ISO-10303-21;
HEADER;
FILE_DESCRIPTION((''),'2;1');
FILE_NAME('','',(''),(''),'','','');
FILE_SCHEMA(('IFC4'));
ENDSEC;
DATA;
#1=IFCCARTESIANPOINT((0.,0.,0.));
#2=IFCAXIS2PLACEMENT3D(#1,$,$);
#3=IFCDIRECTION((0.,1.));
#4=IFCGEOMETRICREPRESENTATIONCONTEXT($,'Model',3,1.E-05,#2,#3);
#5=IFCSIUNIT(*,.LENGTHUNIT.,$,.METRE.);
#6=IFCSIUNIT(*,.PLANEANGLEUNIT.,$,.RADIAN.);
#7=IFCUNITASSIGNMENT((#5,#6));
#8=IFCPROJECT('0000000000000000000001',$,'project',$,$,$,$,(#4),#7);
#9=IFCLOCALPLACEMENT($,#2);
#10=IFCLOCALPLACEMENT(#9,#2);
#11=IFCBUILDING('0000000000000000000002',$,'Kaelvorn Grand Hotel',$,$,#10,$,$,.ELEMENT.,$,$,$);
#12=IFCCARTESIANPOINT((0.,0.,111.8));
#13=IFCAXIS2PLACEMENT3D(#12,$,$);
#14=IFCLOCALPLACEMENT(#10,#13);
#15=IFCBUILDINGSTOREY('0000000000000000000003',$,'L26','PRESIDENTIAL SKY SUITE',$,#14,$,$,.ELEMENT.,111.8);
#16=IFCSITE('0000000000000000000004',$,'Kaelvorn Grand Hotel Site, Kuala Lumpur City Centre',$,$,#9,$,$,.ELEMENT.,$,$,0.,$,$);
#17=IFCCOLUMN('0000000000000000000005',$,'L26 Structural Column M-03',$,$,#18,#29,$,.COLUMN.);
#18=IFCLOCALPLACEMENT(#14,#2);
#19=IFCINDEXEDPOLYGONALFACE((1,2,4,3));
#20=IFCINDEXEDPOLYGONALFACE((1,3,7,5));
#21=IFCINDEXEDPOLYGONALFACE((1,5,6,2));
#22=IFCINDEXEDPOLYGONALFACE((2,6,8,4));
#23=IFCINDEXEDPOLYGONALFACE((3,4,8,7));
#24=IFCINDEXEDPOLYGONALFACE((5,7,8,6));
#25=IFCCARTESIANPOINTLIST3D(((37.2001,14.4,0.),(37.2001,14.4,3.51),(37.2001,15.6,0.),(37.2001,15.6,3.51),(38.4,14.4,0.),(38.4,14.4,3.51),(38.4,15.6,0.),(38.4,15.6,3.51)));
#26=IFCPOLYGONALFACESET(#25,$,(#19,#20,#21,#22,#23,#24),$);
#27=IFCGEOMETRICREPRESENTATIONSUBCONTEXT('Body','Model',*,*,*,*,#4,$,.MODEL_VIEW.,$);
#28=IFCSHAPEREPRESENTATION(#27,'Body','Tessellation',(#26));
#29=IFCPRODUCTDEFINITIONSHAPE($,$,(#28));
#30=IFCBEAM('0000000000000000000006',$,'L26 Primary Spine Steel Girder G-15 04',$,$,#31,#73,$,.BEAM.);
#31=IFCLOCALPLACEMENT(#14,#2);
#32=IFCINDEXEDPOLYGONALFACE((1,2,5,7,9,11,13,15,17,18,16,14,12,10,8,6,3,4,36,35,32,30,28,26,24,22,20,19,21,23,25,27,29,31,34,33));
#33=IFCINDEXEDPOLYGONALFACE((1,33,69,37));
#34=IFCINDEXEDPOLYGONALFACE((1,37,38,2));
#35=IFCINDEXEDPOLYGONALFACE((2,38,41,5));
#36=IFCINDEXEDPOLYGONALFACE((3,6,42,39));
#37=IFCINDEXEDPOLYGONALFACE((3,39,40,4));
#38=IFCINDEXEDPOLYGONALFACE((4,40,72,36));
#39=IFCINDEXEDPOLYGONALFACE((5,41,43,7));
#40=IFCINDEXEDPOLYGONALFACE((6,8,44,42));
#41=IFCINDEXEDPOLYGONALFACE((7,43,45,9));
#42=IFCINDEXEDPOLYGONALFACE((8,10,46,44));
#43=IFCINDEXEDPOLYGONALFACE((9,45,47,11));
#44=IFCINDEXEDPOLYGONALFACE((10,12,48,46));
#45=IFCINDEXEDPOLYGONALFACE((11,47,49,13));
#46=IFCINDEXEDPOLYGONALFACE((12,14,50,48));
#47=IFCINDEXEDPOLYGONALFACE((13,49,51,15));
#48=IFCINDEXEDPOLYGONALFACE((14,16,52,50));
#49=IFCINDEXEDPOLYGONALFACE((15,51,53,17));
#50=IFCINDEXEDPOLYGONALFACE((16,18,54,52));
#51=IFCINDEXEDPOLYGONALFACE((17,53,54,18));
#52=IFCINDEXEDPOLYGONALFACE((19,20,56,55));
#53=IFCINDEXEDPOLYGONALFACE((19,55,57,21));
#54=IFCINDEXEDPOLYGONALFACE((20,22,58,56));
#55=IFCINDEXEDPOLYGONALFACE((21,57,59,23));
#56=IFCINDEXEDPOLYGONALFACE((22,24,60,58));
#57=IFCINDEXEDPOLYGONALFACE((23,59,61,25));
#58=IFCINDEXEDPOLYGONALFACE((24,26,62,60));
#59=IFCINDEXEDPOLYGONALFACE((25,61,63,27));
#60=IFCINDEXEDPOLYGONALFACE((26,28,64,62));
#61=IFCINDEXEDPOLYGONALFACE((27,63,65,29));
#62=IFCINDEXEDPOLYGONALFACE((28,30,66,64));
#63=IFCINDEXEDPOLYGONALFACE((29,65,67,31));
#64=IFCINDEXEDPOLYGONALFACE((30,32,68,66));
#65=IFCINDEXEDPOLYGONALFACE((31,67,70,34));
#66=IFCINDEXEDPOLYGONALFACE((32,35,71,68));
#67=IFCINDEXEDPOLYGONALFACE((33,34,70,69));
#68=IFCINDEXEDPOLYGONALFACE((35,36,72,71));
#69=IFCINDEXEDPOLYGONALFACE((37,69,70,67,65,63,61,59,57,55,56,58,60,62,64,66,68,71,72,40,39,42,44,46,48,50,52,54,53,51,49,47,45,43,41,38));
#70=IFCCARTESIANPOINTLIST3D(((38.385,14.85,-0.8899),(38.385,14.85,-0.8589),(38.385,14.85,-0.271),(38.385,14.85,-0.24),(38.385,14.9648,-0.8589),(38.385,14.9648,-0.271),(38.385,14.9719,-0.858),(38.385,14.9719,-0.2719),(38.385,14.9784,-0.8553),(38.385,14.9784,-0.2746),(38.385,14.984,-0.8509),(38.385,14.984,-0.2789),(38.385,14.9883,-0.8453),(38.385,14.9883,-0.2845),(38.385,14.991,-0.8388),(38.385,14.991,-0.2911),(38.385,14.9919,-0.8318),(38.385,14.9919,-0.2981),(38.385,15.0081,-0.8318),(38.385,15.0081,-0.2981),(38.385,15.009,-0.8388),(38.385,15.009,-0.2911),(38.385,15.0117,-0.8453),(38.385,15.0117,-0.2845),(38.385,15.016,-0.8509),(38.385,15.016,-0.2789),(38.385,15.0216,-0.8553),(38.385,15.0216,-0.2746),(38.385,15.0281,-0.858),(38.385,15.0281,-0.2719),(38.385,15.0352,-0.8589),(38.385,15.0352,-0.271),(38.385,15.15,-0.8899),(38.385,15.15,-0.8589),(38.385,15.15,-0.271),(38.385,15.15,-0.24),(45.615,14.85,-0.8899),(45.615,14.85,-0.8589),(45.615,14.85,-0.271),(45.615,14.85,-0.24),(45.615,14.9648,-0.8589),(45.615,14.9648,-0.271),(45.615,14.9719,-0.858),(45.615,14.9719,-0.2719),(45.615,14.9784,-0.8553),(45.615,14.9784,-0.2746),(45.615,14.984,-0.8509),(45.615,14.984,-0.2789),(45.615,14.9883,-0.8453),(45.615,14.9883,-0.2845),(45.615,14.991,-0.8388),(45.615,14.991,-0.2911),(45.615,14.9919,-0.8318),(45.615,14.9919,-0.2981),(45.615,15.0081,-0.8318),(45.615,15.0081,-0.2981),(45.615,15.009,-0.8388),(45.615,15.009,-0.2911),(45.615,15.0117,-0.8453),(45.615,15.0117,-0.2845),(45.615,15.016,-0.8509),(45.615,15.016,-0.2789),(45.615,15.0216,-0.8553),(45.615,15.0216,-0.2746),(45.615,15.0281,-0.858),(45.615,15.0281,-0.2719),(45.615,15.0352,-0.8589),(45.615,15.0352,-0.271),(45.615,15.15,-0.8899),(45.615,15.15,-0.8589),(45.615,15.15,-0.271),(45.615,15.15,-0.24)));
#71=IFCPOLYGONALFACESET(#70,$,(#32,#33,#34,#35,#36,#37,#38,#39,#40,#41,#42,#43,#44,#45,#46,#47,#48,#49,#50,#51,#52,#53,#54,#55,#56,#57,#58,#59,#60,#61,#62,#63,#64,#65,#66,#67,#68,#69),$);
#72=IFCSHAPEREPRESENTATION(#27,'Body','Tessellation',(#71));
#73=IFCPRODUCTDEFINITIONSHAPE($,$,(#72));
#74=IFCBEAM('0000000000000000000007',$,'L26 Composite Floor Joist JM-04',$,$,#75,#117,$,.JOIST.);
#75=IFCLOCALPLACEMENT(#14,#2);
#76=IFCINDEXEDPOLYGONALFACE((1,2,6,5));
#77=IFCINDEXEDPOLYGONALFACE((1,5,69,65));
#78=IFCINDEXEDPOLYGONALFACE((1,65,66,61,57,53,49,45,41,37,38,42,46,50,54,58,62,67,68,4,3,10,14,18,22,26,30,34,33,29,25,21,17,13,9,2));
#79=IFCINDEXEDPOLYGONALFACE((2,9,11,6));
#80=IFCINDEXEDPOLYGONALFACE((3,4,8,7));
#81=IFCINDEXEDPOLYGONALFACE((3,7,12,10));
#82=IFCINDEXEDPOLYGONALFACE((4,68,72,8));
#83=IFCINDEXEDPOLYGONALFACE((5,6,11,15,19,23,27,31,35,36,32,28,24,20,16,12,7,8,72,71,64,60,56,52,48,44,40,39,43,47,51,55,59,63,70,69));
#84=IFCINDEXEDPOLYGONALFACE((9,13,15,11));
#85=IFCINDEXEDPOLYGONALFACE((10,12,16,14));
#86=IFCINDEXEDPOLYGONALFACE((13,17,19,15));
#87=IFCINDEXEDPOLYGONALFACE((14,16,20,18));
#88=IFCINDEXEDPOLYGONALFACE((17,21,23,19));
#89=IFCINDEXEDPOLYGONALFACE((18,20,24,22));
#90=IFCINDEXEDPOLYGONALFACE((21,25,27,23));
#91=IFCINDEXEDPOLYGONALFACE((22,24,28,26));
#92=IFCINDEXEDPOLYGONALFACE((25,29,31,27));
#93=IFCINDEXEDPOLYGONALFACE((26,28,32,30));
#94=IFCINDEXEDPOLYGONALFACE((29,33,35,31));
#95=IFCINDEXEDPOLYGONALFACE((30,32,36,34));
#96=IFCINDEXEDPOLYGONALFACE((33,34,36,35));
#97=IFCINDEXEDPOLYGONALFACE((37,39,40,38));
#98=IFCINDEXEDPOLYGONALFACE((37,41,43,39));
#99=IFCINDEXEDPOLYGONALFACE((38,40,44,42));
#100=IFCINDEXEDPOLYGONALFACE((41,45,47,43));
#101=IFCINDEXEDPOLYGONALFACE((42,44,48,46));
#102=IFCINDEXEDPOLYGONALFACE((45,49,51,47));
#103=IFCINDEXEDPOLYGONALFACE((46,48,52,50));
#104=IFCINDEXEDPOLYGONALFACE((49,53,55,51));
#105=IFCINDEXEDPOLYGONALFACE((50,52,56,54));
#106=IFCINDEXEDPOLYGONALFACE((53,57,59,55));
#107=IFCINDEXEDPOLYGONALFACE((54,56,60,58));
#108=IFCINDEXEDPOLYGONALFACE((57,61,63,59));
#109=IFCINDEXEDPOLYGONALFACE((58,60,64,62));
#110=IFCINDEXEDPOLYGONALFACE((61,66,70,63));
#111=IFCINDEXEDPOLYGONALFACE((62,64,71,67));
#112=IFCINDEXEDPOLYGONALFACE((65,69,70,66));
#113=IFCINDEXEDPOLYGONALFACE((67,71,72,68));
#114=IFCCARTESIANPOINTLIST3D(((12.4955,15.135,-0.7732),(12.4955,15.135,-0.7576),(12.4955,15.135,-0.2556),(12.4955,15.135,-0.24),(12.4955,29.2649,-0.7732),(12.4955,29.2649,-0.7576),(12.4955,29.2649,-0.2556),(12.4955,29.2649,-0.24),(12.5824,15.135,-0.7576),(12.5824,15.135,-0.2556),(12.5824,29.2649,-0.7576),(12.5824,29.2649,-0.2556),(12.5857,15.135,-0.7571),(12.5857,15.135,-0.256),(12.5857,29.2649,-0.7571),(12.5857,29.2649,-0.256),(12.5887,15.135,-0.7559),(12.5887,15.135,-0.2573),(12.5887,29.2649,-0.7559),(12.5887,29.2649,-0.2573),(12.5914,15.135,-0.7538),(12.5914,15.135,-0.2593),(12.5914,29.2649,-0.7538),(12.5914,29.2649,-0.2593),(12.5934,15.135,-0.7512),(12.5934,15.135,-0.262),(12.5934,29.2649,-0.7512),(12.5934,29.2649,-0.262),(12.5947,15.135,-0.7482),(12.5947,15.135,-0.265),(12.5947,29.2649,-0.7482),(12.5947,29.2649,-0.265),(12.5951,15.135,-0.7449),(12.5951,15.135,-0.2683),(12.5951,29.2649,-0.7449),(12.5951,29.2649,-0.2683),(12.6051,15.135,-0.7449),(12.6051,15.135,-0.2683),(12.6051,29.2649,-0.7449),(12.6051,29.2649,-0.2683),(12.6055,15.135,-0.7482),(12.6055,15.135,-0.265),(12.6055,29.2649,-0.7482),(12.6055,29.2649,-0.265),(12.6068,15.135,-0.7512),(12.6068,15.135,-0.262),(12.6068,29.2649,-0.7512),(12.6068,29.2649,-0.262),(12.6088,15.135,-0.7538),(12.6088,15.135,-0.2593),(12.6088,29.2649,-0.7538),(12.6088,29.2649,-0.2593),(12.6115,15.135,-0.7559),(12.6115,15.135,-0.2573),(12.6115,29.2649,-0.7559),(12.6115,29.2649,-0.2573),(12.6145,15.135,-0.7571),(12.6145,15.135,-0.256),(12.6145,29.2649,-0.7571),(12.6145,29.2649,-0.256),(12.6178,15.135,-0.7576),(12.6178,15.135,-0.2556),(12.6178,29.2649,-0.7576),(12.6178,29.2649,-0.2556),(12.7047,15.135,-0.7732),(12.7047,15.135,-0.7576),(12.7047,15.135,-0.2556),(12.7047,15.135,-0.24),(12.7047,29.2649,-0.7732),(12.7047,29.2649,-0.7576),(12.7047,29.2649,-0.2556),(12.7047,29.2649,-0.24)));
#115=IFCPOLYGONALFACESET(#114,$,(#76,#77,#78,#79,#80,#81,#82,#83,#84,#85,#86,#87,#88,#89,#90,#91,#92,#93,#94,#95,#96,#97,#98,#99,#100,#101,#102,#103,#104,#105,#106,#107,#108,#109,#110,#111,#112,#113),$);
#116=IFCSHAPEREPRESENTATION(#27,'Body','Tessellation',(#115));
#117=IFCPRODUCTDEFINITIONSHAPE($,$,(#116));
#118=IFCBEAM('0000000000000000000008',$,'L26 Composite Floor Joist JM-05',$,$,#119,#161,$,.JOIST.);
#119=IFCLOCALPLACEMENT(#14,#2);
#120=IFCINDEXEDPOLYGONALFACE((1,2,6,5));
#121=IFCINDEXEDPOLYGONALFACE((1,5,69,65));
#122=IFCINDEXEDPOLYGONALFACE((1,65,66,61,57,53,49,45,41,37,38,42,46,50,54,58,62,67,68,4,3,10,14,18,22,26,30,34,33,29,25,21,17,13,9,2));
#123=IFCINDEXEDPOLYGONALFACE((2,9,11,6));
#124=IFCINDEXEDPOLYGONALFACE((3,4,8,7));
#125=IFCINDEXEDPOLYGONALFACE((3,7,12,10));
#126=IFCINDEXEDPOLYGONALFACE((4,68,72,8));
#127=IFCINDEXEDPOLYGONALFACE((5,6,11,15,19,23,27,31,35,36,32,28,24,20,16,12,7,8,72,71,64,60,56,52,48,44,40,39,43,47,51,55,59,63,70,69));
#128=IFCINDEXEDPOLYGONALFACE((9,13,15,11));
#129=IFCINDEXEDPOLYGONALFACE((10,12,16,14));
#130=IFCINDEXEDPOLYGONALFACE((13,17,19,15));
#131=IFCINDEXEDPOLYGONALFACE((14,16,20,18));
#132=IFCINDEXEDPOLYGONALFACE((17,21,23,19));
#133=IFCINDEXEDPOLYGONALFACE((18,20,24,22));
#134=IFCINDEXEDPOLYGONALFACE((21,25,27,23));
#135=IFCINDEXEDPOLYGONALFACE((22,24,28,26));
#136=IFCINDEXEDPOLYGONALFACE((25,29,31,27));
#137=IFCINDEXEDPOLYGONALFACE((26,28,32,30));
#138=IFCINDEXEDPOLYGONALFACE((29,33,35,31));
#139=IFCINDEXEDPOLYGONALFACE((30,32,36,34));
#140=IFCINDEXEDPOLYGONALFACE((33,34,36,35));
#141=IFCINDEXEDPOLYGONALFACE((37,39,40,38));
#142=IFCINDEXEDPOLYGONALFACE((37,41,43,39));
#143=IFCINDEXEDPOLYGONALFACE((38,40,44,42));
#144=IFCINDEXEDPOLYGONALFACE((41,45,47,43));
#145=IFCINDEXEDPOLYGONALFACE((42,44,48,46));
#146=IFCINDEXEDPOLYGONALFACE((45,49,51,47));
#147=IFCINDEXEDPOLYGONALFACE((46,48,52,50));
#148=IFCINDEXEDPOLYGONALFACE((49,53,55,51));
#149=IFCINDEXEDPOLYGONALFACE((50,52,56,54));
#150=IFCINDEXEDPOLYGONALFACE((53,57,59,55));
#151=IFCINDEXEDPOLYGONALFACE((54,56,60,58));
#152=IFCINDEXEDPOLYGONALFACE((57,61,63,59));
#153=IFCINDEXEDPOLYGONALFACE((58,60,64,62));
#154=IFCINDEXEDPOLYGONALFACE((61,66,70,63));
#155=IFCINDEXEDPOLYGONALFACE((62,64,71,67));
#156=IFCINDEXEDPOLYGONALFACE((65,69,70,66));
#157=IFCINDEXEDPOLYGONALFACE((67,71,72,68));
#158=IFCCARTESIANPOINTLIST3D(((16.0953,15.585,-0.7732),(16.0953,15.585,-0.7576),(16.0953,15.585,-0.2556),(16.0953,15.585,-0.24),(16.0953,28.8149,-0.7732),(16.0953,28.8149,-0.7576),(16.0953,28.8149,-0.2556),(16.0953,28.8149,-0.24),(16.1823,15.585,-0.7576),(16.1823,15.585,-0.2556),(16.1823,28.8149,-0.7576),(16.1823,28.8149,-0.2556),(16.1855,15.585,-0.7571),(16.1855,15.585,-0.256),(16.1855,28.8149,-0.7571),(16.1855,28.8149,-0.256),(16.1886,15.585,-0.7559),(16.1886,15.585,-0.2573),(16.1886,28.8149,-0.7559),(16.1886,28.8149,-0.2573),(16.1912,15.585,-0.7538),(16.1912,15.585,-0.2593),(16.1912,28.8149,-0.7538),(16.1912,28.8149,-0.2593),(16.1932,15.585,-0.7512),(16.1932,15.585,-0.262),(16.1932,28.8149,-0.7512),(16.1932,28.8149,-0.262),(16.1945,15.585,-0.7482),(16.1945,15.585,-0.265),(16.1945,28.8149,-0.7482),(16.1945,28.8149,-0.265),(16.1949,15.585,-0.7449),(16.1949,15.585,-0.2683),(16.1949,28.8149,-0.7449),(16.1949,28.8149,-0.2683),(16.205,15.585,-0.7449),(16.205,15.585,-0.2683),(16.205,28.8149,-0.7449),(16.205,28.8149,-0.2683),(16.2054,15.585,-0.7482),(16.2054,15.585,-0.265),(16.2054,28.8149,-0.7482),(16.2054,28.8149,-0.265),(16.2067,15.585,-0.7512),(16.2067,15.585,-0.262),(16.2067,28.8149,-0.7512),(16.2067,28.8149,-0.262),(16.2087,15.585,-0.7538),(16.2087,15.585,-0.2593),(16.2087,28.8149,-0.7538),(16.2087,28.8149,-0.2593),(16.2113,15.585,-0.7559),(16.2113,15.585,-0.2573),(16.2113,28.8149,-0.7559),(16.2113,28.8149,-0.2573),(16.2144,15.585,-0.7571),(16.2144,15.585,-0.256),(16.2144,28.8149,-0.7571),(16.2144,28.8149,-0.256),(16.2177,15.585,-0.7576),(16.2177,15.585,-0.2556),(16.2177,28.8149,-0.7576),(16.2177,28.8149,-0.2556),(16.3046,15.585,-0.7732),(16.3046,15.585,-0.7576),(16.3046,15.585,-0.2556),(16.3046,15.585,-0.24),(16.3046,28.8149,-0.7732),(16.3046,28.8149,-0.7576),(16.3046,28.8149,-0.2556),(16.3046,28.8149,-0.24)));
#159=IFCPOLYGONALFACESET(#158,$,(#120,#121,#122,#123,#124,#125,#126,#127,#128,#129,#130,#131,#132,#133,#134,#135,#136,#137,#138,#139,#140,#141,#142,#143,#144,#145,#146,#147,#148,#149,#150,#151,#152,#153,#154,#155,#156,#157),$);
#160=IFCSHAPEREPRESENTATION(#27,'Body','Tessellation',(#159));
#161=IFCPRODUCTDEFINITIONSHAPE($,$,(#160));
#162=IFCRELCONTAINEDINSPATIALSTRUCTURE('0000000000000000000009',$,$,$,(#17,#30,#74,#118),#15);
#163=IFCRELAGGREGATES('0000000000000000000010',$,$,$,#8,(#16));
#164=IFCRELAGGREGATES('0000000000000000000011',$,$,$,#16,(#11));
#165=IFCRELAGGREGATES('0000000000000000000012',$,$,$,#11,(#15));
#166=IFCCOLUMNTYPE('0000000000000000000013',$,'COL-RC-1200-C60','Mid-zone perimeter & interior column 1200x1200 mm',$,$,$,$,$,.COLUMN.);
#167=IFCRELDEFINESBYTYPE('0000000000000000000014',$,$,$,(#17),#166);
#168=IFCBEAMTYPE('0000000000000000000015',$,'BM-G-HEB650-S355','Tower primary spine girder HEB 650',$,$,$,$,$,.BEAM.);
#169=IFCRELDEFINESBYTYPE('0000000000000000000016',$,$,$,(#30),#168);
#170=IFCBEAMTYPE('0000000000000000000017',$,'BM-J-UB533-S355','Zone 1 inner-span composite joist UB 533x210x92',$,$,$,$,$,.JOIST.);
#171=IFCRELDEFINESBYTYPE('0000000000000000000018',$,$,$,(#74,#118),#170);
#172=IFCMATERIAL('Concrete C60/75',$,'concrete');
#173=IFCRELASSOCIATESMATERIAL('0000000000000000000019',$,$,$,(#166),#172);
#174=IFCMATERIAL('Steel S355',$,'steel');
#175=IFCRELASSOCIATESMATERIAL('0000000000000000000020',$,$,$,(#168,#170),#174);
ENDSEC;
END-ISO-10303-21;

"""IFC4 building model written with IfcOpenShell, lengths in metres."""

from ifc_helpers import new_model, si_unit, direction, frame, origin, origin_2d, place, context, subcontext, project, spatial, rectangle, i_section, extrude, material, material_profile, profile_set, type_object, element, save


model = new_model("IFC4")

# Units and contexts
model_context = context("Model", 3, precision=1e-05, world=origin(), true_north=direction((0.0, 1.0)))
body_context = subcontext(model_context, "Body", "Model", "MODEL_VIEW")
ifc_project = project(units=[si_unit("LENGTHUNIT", "METRE"), si_unit("PLANEANGLEUNIT", "RADIAN")], contexts=[model_context])

# Site, building, storey
site_placement = place(None, origin())
site = spatial("IfcSite", under=ifc_project, at=site_placement, Name="Kaelvorn Grand Hotel Site, Kuala Lumpur City Centre", CompositionType="ELEMENT", RefElevation=0.0)
building_placement = place(site_placement, origin())
building = spatial("IfcBuilding", under=site, at=building_placement, Name="Kaelvorn Grand Hotel", CompositionType="ELEMENT")
storey_placement = place(building_placement, frame((0.0, 0.0, 111.8)))
storey = spatial("IfcBuildingStorey", under=building, at=storey_placement, Name="L26", Description="PRESIDENTIAL SKY SUITE", CompositionType="ELEMENT", Elevation=111.8)

# Column
ifc_material_1 = material(Name="Concrete C60/75", Category="concrete")
ifc_material_profile_1 = material_profile(ifc_material_1, rectangle(XDim=1.2, YDim=1.2, at=origin_2d()), Name="RC COL 1200x1200")
ifc_profile_set_1 = profile_set([ifc_material_profile_1], Name="Concrete C60/75")
column_type = type_object("IfcColumnType", Name="COL-RC-1200-C60", Description="Mid-zone perimeter & interior column 1200x1200 mm", PredefinedType="COLUMN", material=ifc_profile_set_1)
column_placement = place(storey_placement, frame((37.8, 15.0, 0.0), z_axis=(0.0, 0.0, 1.0), x_axis=(1.0, 0.0, 0.0)))
element("IfcColumn", 1, at=column_placement, inside=storey, type_object=column_type, Name="L26 Structural Column M-03", PredefinedType="COLUMN", context=body_context, shape_type="SweptSolid", body=[
    extrude(rectangle(XDim=1.2, YDim=1.2, at=origin_2d()), origin(), (0.0, 0.0, 1.0), 3.51),
])

# Beams
ifc_material_2 = material(Name="Steel S355", Category="steel")
ifc_material_profile_2 = material_profile(ifc_material_2, i_section(OverallWidth=0.3, OverallDepth=0.6499, WebThickness=0.0161, FlangeThickness=0.031, FilletRadius=0.0271, at=origin_2d()), Name="HEB 650")
ifc_profile_set_2 = profile_set([ifc_material_profile_2], Name="Steel S355")
beam_type_1 = type_object("IfcBeamType", Name="BM-G-HEB650-S355", Description="Tower primary spine girder HEB 650", PredefinedType="BEAM", material=ifc_profile_set_2)
beam_1_placement = place(storey_placement, frame((38.385, 15.0, -0.5649), z_axis=(1.0, 0.0, 0.0), x_axis=(0.0, 1.0, 0.0)))
element("IfcBeam", 2, at=beam_1_placement, inside=storey, type_object=beam_type_1, Name="L26 Primary Spine Steel Girder G-15 04", PredefinedType="BEAM", context=body_context, shape_type="SweptSolid", body=[
    extrude(i_section(OverallWidth=0.3, OverallDepth=0.6499, WebThickness=0.0161, FlangeThickness=0.031, FilletRadius=0.0271, at=origin_2d()), origin(), (0.0, 0.0, 1.0), 7.23),
])
ifc_material_profile_3 = material_profile(ifc_material_2, i_section(OverallWidth=0.2092, OverallDepth=0.5332, WebThickness=0.01, FlangeThickness=0.0156, FilletRadius=0.0127, at=origin_2d()), Name="UB 533x210x92")
ifc_profile_set_3 = profile_set([ifc_material_profile_3], Name="Steel S355")
beam_type_2 = type_object("IfcBeamType", Name="BM-J-UB533-S355", Description="Zone 1 inner-span composite joist UB 533x210x92", PredefinedType="JOIST", material=ifc_profile_set_3)
beam_2_placement = place(storey_placement, frame((12.6001, 15.135, -0.5066), z_axis=(0.0, 1.0, 0.0), x_axis=(-1.0, 0.0, 0.0)))
element("IfcBeam", 3, at=beam_2_placement, inside=storey, type_object=beam_type_2, Name="L26 Composite Floor Joist JM-04", PredefinedType="JOIST", context=body_context, shape_type="SweptSolid", body=[
    extrude(i_section(OverallWidth=0.2092, OverallDepth=0.5332, WebThickness=0.01, FlangeThickness=0.0156, FilletRadius=0.0127, at=origin_2d()), origin(), (0.0, 0.0, 1.0), 14.1299),
])
beam_3_placement = place(storey_placement, frame((16.2, 15.585, -0.5066), z_axis=(0.0, 1.0, 0.0), x_axis=(-1.0, 0.0, 0.0)))
element("IfcBeam", 4, at=beam_3_placement, inside=storey, type_object=beam_type_2, Name="L26 Composite Floor Joist JM-05", PredefinedType="JOIST", context=body_context, shape_type="SweptSolid", body=[
    extrude(i_section(OverallWidth=0.2092, OverallDepth=0.5332, WebThickness=0.01, FlangeThickness=0.0156, FilletRadius=0.0127, at=origin_2d()), origin(), (0.0, 0.0, 1.0), 13.23),
])

save(model, "model.ifc")
